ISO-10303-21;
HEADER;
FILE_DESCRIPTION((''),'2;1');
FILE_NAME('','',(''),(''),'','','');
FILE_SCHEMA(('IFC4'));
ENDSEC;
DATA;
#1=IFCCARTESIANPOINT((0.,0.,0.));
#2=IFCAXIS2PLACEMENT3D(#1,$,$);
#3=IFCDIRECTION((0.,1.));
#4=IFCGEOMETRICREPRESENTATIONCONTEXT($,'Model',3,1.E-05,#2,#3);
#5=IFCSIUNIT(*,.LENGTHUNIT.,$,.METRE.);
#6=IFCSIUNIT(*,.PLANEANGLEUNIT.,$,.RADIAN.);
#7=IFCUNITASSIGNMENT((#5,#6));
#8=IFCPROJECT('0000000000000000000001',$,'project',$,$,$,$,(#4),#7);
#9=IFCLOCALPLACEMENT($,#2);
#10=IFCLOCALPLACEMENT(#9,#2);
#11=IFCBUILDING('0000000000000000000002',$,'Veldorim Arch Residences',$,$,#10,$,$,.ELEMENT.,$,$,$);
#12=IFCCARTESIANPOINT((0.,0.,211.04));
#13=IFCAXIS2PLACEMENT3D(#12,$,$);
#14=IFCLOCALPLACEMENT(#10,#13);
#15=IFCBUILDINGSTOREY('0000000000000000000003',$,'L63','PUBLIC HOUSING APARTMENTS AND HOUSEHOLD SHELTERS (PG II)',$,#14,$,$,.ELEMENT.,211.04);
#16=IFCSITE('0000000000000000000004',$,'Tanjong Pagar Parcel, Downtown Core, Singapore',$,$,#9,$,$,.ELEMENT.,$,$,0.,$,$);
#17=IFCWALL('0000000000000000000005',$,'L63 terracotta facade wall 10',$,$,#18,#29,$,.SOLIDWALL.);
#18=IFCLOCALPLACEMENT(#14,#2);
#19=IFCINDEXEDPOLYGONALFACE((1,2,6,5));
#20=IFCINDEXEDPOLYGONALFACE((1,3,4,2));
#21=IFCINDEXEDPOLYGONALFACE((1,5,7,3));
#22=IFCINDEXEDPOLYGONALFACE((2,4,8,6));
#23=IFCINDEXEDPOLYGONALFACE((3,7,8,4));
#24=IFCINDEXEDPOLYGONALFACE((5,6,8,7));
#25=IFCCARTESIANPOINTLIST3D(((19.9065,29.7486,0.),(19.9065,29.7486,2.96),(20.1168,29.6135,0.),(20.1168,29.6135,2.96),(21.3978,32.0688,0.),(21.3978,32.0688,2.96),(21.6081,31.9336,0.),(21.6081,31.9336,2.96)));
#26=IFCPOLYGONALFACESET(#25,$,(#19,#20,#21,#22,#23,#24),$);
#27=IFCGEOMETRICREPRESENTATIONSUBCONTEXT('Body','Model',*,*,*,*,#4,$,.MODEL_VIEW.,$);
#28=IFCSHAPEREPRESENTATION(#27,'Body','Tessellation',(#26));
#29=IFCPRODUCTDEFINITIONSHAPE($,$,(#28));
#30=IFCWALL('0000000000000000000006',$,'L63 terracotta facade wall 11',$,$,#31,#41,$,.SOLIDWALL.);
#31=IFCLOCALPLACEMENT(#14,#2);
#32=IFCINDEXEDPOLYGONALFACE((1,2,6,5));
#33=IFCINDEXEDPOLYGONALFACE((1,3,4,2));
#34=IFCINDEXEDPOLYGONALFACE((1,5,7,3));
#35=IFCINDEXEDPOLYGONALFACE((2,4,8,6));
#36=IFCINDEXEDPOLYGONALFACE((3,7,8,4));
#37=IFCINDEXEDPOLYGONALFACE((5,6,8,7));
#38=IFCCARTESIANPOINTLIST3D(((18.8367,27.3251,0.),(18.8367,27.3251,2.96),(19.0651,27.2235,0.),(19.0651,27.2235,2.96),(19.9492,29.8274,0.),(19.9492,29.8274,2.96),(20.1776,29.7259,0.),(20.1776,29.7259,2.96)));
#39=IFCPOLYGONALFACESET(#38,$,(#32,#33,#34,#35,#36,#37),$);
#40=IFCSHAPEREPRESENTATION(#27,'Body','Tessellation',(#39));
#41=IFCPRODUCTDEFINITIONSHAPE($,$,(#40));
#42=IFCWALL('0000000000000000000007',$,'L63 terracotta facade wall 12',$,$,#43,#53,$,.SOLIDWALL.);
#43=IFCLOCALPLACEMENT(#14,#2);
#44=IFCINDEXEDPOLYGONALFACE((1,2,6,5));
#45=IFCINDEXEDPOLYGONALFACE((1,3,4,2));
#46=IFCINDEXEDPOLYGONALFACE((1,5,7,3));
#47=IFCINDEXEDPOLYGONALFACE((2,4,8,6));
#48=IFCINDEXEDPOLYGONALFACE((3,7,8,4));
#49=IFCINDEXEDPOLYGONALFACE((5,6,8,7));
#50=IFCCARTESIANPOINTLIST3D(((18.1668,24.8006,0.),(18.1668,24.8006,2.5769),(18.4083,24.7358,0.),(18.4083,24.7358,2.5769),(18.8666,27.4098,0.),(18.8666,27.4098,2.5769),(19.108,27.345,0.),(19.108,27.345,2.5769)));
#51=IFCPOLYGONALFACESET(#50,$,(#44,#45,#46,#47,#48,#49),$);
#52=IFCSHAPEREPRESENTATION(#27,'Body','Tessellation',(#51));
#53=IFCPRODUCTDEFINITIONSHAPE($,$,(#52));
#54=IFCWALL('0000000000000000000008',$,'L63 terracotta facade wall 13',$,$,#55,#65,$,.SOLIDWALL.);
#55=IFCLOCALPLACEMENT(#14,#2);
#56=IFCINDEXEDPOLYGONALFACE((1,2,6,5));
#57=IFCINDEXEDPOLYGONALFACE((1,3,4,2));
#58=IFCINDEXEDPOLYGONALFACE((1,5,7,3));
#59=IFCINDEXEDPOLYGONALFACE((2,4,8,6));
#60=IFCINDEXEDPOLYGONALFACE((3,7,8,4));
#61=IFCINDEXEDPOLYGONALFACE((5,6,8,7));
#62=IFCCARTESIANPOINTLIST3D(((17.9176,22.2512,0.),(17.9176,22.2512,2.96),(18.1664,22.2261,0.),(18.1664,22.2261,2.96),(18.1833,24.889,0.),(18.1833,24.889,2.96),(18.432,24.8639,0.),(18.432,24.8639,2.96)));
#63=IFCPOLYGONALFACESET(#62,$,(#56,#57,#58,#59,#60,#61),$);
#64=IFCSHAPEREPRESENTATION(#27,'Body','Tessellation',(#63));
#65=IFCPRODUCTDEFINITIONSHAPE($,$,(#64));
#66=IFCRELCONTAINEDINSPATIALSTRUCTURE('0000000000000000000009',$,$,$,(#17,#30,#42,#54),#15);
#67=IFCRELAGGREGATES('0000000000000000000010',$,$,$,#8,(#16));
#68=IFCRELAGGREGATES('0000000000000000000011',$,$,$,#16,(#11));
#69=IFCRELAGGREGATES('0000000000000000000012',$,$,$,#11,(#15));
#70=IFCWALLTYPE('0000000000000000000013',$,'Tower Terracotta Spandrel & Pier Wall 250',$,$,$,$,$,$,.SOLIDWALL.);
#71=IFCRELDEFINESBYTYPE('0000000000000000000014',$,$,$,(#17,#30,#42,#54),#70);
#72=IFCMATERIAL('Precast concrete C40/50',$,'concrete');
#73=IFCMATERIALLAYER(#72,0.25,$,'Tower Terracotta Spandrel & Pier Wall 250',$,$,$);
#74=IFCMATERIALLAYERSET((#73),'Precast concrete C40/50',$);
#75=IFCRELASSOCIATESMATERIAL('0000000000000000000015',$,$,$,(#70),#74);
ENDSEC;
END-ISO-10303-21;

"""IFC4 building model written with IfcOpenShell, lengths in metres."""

from ifc_helpers import new_model, si_unit, direction, frame, frame_2d, origin, place, context, subcontext, project, spatial, rectangle, extrude, material, layer, layer_set, type_object, element, save


model = new_model("IFC4")

# Units and contexts
model_context = context("Model", 3, precision=1e-05, world=origin(), true_north=direction((0.0, 1.0)))
body_context = subcontext(model_context, "Body", "Model", "MODEL_VIEW")
ifc_project = project(units=[si_unit("LENGTHUNIT", "METRE"), si_unit("PLANEANGLEUNIT", "RADIAN")], contexts=[model_context])

# Site, building, storey
site_placement = place(None, origin())
site = spatial("IfcSite", under=ifc_project, at=site_placement, Name="Tanjong Pagar Parcel, Downtown Core, Singapore", CompositionType="ELEMENT", RefElevation=0.0)
building_placement = place(site_placement, origin())
building = spatial("IfcBuilding", under=site, at=building_placement, Name="Veldorim Arch Residences", CompositionType="ELEMENT")
storey_placement = place(building_placement, frame((0.0, 0.0, 211.04)))
storey = spatial("IfcBuildingStorey", under=building, at=storey_placement, Name="L63", Description="PUBLIC HOUSING APARTMENTS AND HOUSEHOLD SHELTERS (PG II)", CompositionType="ELEMENT", Elevation=211.04)

# Walls
ifc_material_1 = material(Name="Precast concrete C40/50", Category="concrete")
ifc_layer_1 = layer(ifc_material_1, 0.25, Name="Tower Terracotta Spandrel & Pier Wall 250")
ifc_layer_set_1 = layer_set([ifc_layer_1], Name="Precast concrete C40/50")
wall_type_1 = type_object("IfcWallType", Name="Tower Terracotta Spandrel & Pier Wall 250", PredefinedType="SOLIDWALL", material=ifc_layer_set_1)
wall_1_placement = place(storey_placement, frame((20.0117, 29.6812, 0.0), z_axis=(0.0, 0.0, 1.0), x_axis=(0.54069, 0.841222, 0.0)))
element("IfcWall", 1, at=wall_1_placement, inside=storey, type_object=wall_type_1, Name="L63 terracotta facade wall 10", PredefinedType="SOLIDWALL", context=body_context, shape_type="SweptSolid", body=[
    extrude(rectangle(XDim=2.7581, YDim=0.25, at=frame_2d((1.3789, 0.0))), origin(), (0.0, 0.0, 1.0), 2.96),
])
wall_2_placement = place(storey_placement, frame((18.9509, 27.2744, 0.0), z_axis=(0.0, 0.0, 1.0), x_axis=(0.406246, 0.913764, 0.0)))
element("IfcWall", 2, at=wall_2_placement, inside=storey, type_object=wall_type_1, Name="L63 terracotta facade wall 11", PredefinedType="SOLIDWALL", context=body_context, shape_type="SweptSolid", body=[
    extrude(rectangle(XDim=2.7385, YDim=0.25, at=frame_2d((1.3691, 0.0))), origin(), (0.0, 0.0, 1.0), 2.96),
])
wall_3_placement = place(storey_placement, frame((18.2876, 24.7683, 0.0), z_axis=(0.0, 0.0, 1.0), x_axis=(0.259024, 0.965871, 0.0)))
element("IfcWall", 3, at=wall_3_placement, inside=storey, type_object=wall_type_1, Name="L63 terracotta facade wall 12", PredefinedType="SOLIDWALL", context=body_context, shape_type="SweptSolid", body=[
    extrude(rectangle(XDim=2.7014, YDim=0.25, at=frame_2d((1.3506, 0.0))), origin(), (0.0, 0.0, 1.0), 2.5769),
])
wall_4_placement = place(storey_placement, frame((18.042, 22.2385, 0.0), z_axis=(0.0, 0.0, 1.0), x_axis=(0.100197, 0.994968, 0.0)))
element("IfcWall", 4, at=wall_4_placement, inside=storey, type_object=wall_type_1, Name="L63 terracotta facade wall 13", PredefinedType="SOLIDWALL", context=body_context, shape_type="SweptSolid", body=[
    extrude(rectangle(XDim=2.6511, YDim=0.25, at=frame_2d((1.3257, 0.0))), origin(), (0.0, 0.0, 1.0), 2.96),
])

save(model, "model.ifc")
